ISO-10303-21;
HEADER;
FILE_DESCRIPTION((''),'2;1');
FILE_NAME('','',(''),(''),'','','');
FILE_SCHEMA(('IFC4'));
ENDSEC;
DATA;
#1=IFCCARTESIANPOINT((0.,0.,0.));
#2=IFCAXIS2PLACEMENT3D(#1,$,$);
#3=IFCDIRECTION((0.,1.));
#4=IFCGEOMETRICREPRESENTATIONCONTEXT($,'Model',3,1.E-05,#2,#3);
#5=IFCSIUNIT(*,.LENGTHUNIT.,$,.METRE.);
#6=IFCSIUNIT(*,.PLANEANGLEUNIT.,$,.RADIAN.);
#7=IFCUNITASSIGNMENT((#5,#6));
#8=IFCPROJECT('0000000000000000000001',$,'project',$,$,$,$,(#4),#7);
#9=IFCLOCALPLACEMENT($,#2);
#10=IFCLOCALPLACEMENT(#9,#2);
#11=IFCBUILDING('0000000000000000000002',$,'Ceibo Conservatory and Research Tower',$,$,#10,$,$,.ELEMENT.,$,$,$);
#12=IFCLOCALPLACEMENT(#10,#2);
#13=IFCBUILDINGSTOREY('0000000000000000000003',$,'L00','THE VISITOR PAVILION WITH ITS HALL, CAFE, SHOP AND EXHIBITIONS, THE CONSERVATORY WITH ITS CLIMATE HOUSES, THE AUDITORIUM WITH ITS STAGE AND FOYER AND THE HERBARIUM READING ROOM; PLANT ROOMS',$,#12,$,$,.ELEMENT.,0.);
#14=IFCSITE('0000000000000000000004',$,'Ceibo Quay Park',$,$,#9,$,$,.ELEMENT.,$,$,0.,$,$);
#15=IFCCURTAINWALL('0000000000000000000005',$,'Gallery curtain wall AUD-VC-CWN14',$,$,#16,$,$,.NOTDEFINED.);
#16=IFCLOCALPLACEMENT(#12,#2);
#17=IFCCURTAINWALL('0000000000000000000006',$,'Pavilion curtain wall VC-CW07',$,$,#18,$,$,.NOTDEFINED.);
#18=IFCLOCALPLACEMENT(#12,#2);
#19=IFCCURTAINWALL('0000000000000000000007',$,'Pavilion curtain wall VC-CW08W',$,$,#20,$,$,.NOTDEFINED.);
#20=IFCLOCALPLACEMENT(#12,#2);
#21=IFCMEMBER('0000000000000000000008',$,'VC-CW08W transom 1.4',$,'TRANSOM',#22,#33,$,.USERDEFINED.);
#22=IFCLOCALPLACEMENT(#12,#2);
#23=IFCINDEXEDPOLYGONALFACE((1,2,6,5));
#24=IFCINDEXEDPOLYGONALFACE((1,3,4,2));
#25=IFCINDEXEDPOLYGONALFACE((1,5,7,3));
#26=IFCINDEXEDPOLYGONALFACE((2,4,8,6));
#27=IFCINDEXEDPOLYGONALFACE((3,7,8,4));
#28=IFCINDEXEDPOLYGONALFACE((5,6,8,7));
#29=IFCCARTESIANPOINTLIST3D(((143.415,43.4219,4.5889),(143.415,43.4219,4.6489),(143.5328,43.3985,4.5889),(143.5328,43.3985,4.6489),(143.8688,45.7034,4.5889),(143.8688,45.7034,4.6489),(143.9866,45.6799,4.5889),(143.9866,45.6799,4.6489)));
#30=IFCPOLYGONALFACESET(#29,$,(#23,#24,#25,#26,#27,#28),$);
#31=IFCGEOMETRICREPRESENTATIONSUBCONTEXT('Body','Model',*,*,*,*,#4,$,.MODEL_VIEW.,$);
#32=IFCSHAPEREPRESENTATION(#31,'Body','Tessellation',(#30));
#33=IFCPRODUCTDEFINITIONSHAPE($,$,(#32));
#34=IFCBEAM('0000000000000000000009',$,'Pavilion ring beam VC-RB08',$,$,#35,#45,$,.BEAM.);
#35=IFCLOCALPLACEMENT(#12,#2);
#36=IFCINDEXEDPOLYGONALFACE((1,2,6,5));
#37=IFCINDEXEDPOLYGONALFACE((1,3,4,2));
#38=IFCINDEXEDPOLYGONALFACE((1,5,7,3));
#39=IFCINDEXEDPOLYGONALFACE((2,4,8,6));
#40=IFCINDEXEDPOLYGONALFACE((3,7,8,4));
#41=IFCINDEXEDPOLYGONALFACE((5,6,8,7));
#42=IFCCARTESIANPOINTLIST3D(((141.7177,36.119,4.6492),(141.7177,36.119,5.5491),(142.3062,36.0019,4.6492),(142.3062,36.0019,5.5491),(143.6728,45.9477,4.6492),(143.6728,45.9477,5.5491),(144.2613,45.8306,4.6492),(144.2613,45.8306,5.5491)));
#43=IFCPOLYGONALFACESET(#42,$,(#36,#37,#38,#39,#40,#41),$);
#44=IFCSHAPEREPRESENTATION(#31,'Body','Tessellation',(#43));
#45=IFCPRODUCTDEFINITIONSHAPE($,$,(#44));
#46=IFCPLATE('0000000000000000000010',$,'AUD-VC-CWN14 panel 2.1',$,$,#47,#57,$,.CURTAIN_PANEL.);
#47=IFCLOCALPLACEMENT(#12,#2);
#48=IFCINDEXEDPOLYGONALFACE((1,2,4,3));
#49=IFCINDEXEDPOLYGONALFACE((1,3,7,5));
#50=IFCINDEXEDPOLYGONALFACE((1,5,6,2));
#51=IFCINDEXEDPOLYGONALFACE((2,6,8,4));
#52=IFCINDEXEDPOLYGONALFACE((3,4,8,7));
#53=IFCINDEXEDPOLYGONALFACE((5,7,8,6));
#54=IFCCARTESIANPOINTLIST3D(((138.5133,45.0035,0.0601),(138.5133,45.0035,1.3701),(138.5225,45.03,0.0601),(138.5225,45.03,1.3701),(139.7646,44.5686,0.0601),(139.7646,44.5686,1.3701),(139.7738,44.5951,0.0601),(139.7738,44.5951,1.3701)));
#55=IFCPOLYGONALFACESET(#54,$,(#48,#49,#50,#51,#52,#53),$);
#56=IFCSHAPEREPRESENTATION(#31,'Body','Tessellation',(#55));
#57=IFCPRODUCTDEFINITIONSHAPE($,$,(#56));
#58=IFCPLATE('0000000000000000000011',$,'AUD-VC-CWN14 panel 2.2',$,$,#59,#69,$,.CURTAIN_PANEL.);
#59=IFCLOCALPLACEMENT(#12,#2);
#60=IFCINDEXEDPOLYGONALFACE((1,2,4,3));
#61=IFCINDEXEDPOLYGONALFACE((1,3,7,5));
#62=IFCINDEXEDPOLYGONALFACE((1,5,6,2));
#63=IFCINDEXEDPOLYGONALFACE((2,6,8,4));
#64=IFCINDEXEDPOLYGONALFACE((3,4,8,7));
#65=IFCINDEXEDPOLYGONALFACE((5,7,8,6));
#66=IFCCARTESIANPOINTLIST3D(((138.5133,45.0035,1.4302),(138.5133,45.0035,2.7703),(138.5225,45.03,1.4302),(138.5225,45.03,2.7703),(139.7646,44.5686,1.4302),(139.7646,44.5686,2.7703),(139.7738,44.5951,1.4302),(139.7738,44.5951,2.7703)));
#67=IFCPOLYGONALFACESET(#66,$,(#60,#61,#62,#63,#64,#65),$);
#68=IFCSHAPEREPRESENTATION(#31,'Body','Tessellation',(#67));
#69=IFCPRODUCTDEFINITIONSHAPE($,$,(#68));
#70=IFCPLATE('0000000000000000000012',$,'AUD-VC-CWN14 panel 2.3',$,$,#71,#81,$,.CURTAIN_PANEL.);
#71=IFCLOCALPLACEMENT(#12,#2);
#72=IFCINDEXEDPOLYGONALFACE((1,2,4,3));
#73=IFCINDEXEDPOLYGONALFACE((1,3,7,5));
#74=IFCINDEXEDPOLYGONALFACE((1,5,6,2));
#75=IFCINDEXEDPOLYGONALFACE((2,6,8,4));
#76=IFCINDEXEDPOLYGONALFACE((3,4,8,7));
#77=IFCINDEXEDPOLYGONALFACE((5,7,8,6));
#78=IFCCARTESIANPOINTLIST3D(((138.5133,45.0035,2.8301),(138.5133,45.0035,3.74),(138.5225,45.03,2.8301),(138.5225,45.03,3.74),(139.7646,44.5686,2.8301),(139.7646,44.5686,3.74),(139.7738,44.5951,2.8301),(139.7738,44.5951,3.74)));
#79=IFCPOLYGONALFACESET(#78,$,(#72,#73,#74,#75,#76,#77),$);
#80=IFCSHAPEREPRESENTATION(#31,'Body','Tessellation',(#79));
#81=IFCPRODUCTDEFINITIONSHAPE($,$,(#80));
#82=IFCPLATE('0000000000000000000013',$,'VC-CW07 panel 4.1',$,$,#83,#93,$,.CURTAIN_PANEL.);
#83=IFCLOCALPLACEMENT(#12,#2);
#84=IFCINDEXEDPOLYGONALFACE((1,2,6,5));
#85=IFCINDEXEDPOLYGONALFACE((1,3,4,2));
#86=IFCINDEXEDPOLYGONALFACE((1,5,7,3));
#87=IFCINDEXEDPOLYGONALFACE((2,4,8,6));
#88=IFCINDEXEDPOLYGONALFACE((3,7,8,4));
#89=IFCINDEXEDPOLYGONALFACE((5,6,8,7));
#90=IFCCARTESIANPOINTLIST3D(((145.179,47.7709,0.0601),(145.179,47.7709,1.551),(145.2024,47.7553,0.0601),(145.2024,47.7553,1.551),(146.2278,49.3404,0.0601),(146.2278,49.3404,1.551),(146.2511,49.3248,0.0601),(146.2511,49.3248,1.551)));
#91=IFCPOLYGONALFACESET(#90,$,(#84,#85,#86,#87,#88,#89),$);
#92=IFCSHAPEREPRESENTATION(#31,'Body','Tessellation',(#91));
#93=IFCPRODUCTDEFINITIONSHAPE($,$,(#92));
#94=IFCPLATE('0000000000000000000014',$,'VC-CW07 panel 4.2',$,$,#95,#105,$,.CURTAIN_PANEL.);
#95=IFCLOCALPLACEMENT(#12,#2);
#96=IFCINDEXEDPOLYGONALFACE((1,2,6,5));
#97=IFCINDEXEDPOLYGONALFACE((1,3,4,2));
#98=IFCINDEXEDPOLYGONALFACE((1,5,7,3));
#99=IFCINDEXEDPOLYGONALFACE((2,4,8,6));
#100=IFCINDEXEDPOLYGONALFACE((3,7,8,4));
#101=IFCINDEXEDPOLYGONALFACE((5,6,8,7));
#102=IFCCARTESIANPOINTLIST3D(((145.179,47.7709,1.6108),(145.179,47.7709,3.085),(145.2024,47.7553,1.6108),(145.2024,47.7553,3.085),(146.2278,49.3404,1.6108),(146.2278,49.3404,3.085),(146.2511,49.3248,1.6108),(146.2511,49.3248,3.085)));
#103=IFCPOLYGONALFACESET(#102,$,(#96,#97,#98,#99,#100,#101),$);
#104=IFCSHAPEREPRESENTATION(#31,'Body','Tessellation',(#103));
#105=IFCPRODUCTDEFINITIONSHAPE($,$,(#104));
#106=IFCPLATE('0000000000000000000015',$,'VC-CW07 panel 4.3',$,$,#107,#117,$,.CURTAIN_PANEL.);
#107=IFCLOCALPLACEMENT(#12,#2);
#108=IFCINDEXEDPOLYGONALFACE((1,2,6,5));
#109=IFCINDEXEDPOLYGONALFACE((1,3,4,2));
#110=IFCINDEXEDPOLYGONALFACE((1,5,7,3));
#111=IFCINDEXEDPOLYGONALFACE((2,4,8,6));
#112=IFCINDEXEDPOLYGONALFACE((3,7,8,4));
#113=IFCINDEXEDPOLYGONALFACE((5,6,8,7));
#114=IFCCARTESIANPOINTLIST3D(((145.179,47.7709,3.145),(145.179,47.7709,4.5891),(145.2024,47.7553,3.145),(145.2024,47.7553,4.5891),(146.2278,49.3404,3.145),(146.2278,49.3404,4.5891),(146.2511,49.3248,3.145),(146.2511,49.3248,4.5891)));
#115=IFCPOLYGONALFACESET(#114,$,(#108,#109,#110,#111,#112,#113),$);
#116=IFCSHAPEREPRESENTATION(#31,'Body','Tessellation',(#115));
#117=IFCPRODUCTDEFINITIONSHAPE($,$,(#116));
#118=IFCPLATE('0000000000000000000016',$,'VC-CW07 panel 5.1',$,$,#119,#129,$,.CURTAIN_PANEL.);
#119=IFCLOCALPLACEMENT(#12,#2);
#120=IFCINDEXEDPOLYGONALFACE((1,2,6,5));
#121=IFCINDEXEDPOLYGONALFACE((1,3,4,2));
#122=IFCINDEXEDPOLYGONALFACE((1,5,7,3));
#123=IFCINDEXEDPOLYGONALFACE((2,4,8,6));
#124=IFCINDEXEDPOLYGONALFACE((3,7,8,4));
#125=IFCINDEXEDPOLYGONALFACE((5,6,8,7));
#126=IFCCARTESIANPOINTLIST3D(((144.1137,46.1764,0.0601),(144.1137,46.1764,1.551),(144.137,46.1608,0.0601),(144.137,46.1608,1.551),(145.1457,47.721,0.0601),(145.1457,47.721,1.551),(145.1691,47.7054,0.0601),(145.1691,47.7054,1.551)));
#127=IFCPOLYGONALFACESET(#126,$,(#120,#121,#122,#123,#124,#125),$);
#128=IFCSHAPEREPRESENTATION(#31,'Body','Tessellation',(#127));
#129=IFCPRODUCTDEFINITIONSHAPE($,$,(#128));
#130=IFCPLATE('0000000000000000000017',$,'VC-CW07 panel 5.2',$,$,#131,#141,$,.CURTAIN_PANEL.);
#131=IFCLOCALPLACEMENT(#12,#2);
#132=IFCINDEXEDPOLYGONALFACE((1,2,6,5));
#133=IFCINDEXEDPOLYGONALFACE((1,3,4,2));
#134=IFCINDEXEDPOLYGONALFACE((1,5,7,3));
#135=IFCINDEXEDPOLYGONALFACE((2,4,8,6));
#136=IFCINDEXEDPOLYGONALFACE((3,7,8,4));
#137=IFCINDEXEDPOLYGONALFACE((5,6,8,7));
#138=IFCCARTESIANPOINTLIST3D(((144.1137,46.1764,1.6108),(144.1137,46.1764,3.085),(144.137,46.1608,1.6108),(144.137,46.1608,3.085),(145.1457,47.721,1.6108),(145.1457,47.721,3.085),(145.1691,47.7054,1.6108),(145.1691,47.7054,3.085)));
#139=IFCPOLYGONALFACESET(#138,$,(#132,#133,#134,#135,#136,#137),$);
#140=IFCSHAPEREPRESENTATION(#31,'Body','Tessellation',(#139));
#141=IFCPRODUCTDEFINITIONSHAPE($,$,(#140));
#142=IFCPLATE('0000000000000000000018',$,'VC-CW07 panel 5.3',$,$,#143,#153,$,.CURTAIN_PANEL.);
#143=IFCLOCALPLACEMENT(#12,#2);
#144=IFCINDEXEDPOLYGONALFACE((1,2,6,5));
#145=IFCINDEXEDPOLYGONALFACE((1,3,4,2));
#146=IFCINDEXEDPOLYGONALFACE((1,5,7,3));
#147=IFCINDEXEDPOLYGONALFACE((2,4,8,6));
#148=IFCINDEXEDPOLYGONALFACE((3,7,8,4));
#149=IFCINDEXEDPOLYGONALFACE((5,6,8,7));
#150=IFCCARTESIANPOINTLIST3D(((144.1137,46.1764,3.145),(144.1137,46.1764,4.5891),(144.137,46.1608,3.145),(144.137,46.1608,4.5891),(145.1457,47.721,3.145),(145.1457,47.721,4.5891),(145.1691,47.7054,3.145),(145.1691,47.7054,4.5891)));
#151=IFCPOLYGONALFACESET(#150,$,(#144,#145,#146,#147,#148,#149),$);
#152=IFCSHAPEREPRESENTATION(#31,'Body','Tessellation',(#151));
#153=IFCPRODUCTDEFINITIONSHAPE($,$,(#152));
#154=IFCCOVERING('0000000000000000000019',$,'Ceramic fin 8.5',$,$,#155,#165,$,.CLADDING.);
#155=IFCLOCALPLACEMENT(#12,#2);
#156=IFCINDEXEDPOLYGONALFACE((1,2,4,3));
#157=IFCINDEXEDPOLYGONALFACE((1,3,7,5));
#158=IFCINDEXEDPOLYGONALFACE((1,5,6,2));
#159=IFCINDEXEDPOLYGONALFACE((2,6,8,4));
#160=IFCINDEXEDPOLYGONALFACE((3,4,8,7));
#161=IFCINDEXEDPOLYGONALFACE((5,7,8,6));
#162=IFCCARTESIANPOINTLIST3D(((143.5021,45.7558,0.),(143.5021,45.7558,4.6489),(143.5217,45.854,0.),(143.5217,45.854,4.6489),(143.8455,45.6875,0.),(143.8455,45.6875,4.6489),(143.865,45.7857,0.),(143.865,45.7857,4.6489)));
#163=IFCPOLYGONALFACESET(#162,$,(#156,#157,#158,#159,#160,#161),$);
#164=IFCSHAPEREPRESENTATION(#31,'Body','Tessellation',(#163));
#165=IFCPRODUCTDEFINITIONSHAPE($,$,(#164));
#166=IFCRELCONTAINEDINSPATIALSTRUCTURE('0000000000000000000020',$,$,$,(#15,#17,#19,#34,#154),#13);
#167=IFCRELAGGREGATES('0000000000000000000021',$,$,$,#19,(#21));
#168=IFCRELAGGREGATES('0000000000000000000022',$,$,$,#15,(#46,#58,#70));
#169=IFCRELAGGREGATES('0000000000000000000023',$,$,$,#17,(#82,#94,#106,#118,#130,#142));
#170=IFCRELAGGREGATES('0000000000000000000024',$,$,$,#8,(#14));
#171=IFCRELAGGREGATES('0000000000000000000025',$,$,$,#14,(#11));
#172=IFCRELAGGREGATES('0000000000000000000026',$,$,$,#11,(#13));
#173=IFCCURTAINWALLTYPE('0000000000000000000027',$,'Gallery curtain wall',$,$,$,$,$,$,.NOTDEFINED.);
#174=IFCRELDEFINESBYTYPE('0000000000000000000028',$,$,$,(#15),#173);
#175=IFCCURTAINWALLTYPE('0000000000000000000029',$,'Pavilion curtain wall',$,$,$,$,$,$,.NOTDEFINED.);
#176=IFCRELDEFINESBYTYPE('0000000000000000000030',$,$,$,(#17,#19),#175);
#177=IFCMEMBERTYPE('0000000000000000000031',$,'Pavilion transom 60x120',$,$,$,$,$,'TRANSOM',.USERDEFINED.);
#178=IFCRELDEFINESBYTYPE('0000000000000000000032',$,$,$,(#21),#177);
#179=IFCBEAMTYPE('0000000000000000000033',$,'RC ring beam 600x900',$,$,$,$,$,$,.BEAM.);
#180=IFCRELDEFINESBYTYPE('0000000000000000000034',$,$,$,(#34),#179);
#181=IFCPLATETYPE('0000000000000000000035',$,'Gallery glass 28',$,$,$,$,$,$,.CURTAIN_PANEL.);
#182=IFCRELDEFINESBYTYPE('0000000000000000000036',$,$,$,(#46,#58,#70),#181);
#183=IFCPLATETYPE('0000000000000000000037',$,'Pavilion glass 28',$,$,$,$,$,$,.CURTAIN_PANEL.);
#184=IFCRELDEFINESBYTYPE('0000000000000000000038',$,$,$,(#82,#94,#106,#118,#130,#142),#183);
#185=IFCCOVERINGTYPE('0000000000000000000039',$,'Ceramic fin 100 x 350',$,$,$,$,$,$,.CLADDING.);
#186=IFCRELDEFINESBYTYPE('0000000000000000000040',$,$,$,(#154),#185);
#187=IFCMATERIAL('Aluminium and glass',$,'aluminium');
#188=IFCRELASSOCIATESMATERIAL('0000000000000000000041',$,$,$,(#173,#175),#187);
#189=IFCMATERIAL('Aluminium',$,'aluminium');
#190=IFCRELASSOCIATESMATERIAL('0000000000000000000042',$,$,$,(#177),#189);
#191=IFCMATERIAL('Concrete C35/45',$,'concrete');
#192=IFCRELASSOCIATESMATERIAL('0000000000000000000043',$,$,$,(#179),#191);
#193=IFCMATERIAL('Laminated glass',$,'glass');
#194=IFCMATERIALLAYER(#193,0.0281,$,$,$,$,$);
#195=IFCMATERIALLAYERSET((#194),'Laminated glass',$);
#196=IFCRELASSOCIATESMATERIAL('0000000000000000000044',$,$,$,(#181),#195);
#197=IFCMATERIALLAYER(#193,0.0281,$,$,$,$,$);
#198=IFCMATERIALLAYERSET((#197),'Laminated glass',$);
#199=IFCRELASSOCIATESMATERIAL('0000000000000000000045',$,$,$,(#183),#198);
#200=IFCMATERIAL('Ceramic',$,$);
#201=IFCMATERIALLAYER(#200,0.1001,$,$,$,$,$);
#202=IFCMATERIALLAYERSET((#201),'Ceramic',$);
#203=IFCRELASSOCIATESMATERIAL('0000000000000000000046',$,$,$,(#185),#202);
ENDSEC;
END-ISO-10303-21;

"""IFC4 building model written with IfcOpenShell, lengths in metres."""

from ifc_helpers import new_model, si_unit, direction, frame, origin, origin_2d, place, context, subcontext, project, spatial, rectangle, extrude, material, layer, layer_set, material_profile, profile_set, type_object, element, aggregate, save


model = new_model("IFC4")

# Units and contexts
model_context = context("Model", 3, precision=1e-05, world=origin(), true_north=direction((0.0, 1.0)))
body_context = subcontext(model_context, "Body", "Model", "MODEL_VIEW")
ifc_project = project(units=[si_unit("LENGTHUNIT", "METRE"), si_unit("PLANEANGLEUNIT", "RADIAN")], contexts=[model_context])

# Site, building, storey
site_placement = place(None, origin())
site = spatial("IfcSite", under=ifc_project, at=site_placement, Name="Ceibo Quay Park", CompositionType="ELEMENT", RefElevation=0.0)
building_placement = place(site_placement, origin())
building = spatial("IfcBuilding", under=site, at=building_placement, Name="Ceibo Conservatory and Research Tower", CompositionType="ELEMENT")
storey_placement = place(building_placement, origin())
storey = spatial("IfcBuildingStorey", under=building, at=storey_placement, Name="L00", Description="THE VISITOR PAVILION WITH ITS HALL, CAFE, SHOP AND EXHIBITIONS, THE CONSERVATORY WITH ITS CLIMATE HOUSES, THE AUDITORIUM WITH ITS STAGE AND FOYER AND THE HERBARIUM READING ROOM; PLANT ROOMS", CompositionType="ELEMENT", Elevation=0.0)

# Shared definitions
ifc_material_1 = material(Name="Concrete C35/45", Category="concrete")

# Curtain walls
ifc_material_2 = material(Name="Aluminium and glass", Category="aluminium")
curtain_wall_type_1 = type_object("IfcCurtainWallType", Name="Gallery curtain wall", PredefinedType="NOTDEFINED", material=ifc_material_2)
curtain_wall_1_placement = place(storey_placement, origin())
curtain_wall_1 = element("IfcCurtainWall", 1, at=curtain_wall_1_placement, inside=storey, type_object=curtain_wall_type_1, Name="Gallery curtain wall AUD-VC-CWN14", PredefinedType="NOTDEFINED")
ifc_material_3 = material(Name="Aluminium", Category="aluminium")
curtain_wall_type_2 = type_object("IfcCurtainWallType", Name="Pavilion curtain wall", PredefinedType="NOTDEFINED", material=ifc_material_2)
curtain_wall_2_placement = place(storey_placement, origin())
curtain_wall_2 = element("IfcCurtainWall", 2, at=curtain_wall_2_placement, inside=storey, type_object=curtain_wall_type_2, Name="Pavilion curtain wall VC-CW07", PredefinedType="NOTDEFINED")

# Curtain wall
curtain_wall_3_placement = place(storey_placement, origin())
curtain_wall_3 = element("IfcCurtainWall", 3, at=curtain_wall_3_placement, inside=storey, type_object=curtain_wall_type_2, Name="Pavilion curtain wall VC-CW08W", PredefinedType="NOTDEFINED")

# Member
ifc_material_profile_1 = material_profile(ifc_material_3, rectangle(XDim=0.1201, YDim=0.0601, at=origin_2d()), Name="AL 60x120")
ifc_profile_set_1 = profile_set([ifc_material_profile_1], Name="Aluminium")
member_type_1 = type_object("IfcMemberType", Name="Pavilion transom 60x120", ElementType="TRANSOM", PredefinedType="USERDEFINED", material=ifc_profile_set_1)
member_1_placement = place(storey_placement, frame((143.9277, 45.6917, 4.6189), z_axis=(-0.195107, -0.980782, 0.0), x_axis=(0.980782, -0.195107, 0.0)))
member_1 = element("IfcMember", 4, at=member_1_placement, type_object=member_type_1, Name="VC-CW08W transom 1.4", ObjectType="TRANSOM", PredefinedType="USERDEFINED", context=body_context, shape_type="SweptSolid", body=[
    extrude(rectangle(XDim=0.1201, YDim=0.0601, at=origin_2d()), origin(), (0.0, 0.0, 1.0), 2.3262),
])
aggregate(curtain_wall_3, [member_1])

# Beam
ifc_material_profile_2 = material_profile(ifc_material_1, rectangle(XDim=0.6001, YDim=0.8999, at=origin_2d()), Name="RC 600x900")
ifc_profile_set_2 = profile_set([ifc_material_profile_2], Name="Concrete C35/45")
beam_type = type_object("IfcBeamType", Name="RC ring beam 600x900", PredefinedType="BEAM", material=ifc_profile_set_2)
beam_placement = place(storey_placement, frame((143.967, 45.8892, 5.0991), z_axis=(-0.195095, -0.980784, 0.0), x_axis=(0.980784, -0.195095, 0.0)))
element("IfcBeam", 5, at=beam_placement, inside=storey, type_object=beam_type, Name="Pavilion ring beam VC-RB08", PredefinedType="BEAM", context=body_context, shape_type="SweptSolid", body=[
    extrude(rectangle(XDim=0.6001, YDim=0.8999, at=origin_2d()), origin(), (0.0, 0.0, 1.0), 10.0212),
])

# Plates
ifc_material_4 = material(Name="Laminated glass", Category="glass")
ifc_layer_1 = layer(ifc_material_4, 0.0281)
ifc_layer_set_1 = layer_set([ifc_layer_1], Name="Laminated glass")
plate_type_1 = type_object("IfcPlateType", Name="Gallery glass 28", PredefinedType="CURTAIN_PANEL", material=ifc_layer_set_1)
plate_1_placement = place(storey_placement, frame((139.1436, 44.7993, 0.0601), z_axis=(0.0, 0.0, 1.0), x_axis=(0.944579, -0.328284, 0.0)))
plate_1 = element("IfcPlate", 6, at=plate_1_placement, type_object=plate_type_1, Name="AUD-VC-CWN14 panel 2.1", PredefinedType="CURTAIN_PANEL", context=body_context, shape_type="SweptSolid", body=[
    extrude(rectangle(XDim=1.3247, YDim=0.0281, at=origin_2d()), origin(), (0.0, 0.0, 1.0), 1.3101),
])
plate_2_placement = place(storey_placement, frame((139.1436, 44.7993, 1.4302), z_axis=(0.0, 0.0, 1.0), x_axis=(0.944579, -0.328284, 0.0)))
plate_2 = element("IfcPlate", 7, at=plate_2_placement, type_object=plate_type_1, Name="AUD-VC-CWN14 panel 2.2", PredefinedType="CURTAIN_PANEL", context=body_context, shape_type="SweptSolid", body=[
    extrude(rectangle(XDim=1.3247, YDim=0.0281, at=origin_2d()), origin(), (0.0, 0.0, 1.0), 1.3401),
])
plate_3_placement = place(storey_placement, frame((139.1436, 44.7993, 2.8301), z_axis=(0.0, 0.0, 1.0), x_axis=(0.944579, -0.328284, 0.0)))
plate_3 = element("IfcPlate", 8, at=plate_3_placement, type_object=plate_type_1, Name="AUD-VC-CWN14 panel 2.3", PredefinedType="CURTAIN_PANEL", context=body_context, shape_type="SweptSolid", body=[
    extrude(rectangle(XDim=1.3247, YDim=0.0281, at=origin_2d()), origin(), (0.0, 0.0, 1.0), 0.9099),
])
aggregate(curtain_wall_1, [plate_1, plate_2, plate_3])
ifc_layer_2 = layer(ifc_material_4, 0.0281)
ifc_layer_set_2 = layer_set([ifc_layer_2], Name="Laminated glass")
plate_type_2 = type_object("IfcPlateType", Name="Pavilion glass 28", PredefinedType="CURTAIN_PANEL", material=ifc_layer_set_2)
plate_4_placement = place(storey_placement, frame((145.7151, 48.5479, 0.0601), z_axis=(0.0, 0.0, 1.0), x_axis=(-0.55557, -0.83147, 0.0)))
plate_4 = element("IfcPlate", 9, at=plate_4_placement, type_object=plate_type_2, Name="VC-CW07 panel 4.1", PredefinedType="CURTAIN_PANEL", context=body_context, shape_type="SweptSolid", body=[
    extrude(rectangle(XDim=1.8877, YDim=0.0281, at=origin_2d()), origin(), (0.0, 0.0, 1.0), 1.491),
])
plate_5_placement = place(storey_placement, frame((145.7151, 48.5479, 1.6108), z_axis=(0.0, 0.0, 1.0), x_axis=(-0.55557, -0.83147, 0.0)))
plate_5 = element("IfcPlate", 10, at=plate_5_placement, type_object=plate_type_2, Name="VC-CW07 panel 4.2", PredefinedType="CURTAIN_PANEL", context=body_context, shape_type="SweptSolid", body=[
    extrude(rectangle(XDim=1.8877, YDim=0.0281, at=origin_2d()), origin(), (0.0, 0.0, 1.0), 1.4741),
])
plate_6_placement = place(storey_placement, frame((145.7151, 48.5479, 3.145), z_axis=(0.0, 0.0, 1.0), x_axis=(-0.55557, -0.83147, 0.0)))
plate_6 = element("IfcPlate", 11, at=plate_6_placement, type_object=plate_type_2, Name="VC-CW07 panel 4.3", PredefinedType="CURTAIN_PANEL", context=body_context, shape_type="SweptSolid", body=[
    extrude(rectangle(XDim=1.8877, YDim=0.0281, at=origin_2d()), origin(), (0.0, 0.0, 1.0), 1.4441),
])
plate_7_placement = place(storey_placement, frame((144.6414, 46.9409, 0.0601), z_axis=(0.0, 0.0, 1.0), x_axis=(-0.55557, -0.83147, 0.0)))
plate_7 = element("IfcPlate", 12, at=plate_7_placement, type_object=plate_type_2, Name="VC-CW07 panel 5.1", PredefinedType="CURTAIN_PANEL", context=body_context, shape_type="SweptSolid", body=[
    extrude(rectangle(XDim=1.8577, YDim=0.0281, at=origin_2d()), origin(), (0.0, 0.0, 1.0), 1.491),
])
plate_8_placement = place(storey_placement, frame((144.6414, 46.9409, 1.6108), z_axis=(0.0, 0.0, 1.0), x_axis=(-0.55557, -0.83147, 0.0)))
plate_8 = element("IfcPlate", 13, at=plate_8_placement, type_object=plate_type_2, Name="VC-CW07 panel 5.2", PredefinedType="CURTAIN_PANEL", context=body_context, shape_type="SweptSolid", body=[
    extrude(rectangle(XDim=1.8577, YDim=0.0281, at=origin_2d()), origin(), (0.0, 0.0, 1.0), 1.4741),
])
plate_9_placement = place(storey_placement, frame((144.6414, 46.9409, 3.145), z_axis=(0.0, 0.0, 1.0), x_axis=(-0.55557, -0.83147, 0.0)))
plate_9 = element("IfcPlate", 14, at=plate_9_placement, type_object=plate_type_2, Name="VC-CW07 panel 5.3", PredefinedType="CURTAIN_PANEL", context=body_context, shape_type="SweptSolid", body=[
    extrude(rectangle(XDim=1.8577, YDim=0.0281, at=origin_2d()), origin(), (0.0, 0.0, 1.0), 1.4441),
])
aggregate(curtain_wall_2, [plate_4, plate_5, plate_6, plate_7, plate_8, plate_9])

# Covering
ifc_material_5 = material(Name="Ceramic")
ifc_layer_3 = layer(ifc_material_5, 0.1001)
ifc_layer_set_3 = layer_set([ifc_layer_3], Name="Ceramic")
covering_type = type_object("IfcCoveringType", Name="Ceramic fin 100 x 350", PredefinedType="CLADDING", material=ifc_layer_set_3)
covering_placement = place(storey_placement, frame((143.6836, 45.7708, 0.0), z_axis=(0.0, 0.0, 1.0), x_axis=(0.19509, 0.980785, 0.0)))
element("IfcCovering", 15, at=covering_placement, inside=storey, type_object=covering_type, Name="Ceramic fin 8.5", PredefinedType="CLADDING", context=body_context, shape_type="SweptSolid", body=[
    extrude(rectangle(XDim=0.1001, YDim=0.3501, at=origin_2d()), origin(), (0.0, 0.0, 1.0), 4.6489),
])

save(model, "model.ifc")
